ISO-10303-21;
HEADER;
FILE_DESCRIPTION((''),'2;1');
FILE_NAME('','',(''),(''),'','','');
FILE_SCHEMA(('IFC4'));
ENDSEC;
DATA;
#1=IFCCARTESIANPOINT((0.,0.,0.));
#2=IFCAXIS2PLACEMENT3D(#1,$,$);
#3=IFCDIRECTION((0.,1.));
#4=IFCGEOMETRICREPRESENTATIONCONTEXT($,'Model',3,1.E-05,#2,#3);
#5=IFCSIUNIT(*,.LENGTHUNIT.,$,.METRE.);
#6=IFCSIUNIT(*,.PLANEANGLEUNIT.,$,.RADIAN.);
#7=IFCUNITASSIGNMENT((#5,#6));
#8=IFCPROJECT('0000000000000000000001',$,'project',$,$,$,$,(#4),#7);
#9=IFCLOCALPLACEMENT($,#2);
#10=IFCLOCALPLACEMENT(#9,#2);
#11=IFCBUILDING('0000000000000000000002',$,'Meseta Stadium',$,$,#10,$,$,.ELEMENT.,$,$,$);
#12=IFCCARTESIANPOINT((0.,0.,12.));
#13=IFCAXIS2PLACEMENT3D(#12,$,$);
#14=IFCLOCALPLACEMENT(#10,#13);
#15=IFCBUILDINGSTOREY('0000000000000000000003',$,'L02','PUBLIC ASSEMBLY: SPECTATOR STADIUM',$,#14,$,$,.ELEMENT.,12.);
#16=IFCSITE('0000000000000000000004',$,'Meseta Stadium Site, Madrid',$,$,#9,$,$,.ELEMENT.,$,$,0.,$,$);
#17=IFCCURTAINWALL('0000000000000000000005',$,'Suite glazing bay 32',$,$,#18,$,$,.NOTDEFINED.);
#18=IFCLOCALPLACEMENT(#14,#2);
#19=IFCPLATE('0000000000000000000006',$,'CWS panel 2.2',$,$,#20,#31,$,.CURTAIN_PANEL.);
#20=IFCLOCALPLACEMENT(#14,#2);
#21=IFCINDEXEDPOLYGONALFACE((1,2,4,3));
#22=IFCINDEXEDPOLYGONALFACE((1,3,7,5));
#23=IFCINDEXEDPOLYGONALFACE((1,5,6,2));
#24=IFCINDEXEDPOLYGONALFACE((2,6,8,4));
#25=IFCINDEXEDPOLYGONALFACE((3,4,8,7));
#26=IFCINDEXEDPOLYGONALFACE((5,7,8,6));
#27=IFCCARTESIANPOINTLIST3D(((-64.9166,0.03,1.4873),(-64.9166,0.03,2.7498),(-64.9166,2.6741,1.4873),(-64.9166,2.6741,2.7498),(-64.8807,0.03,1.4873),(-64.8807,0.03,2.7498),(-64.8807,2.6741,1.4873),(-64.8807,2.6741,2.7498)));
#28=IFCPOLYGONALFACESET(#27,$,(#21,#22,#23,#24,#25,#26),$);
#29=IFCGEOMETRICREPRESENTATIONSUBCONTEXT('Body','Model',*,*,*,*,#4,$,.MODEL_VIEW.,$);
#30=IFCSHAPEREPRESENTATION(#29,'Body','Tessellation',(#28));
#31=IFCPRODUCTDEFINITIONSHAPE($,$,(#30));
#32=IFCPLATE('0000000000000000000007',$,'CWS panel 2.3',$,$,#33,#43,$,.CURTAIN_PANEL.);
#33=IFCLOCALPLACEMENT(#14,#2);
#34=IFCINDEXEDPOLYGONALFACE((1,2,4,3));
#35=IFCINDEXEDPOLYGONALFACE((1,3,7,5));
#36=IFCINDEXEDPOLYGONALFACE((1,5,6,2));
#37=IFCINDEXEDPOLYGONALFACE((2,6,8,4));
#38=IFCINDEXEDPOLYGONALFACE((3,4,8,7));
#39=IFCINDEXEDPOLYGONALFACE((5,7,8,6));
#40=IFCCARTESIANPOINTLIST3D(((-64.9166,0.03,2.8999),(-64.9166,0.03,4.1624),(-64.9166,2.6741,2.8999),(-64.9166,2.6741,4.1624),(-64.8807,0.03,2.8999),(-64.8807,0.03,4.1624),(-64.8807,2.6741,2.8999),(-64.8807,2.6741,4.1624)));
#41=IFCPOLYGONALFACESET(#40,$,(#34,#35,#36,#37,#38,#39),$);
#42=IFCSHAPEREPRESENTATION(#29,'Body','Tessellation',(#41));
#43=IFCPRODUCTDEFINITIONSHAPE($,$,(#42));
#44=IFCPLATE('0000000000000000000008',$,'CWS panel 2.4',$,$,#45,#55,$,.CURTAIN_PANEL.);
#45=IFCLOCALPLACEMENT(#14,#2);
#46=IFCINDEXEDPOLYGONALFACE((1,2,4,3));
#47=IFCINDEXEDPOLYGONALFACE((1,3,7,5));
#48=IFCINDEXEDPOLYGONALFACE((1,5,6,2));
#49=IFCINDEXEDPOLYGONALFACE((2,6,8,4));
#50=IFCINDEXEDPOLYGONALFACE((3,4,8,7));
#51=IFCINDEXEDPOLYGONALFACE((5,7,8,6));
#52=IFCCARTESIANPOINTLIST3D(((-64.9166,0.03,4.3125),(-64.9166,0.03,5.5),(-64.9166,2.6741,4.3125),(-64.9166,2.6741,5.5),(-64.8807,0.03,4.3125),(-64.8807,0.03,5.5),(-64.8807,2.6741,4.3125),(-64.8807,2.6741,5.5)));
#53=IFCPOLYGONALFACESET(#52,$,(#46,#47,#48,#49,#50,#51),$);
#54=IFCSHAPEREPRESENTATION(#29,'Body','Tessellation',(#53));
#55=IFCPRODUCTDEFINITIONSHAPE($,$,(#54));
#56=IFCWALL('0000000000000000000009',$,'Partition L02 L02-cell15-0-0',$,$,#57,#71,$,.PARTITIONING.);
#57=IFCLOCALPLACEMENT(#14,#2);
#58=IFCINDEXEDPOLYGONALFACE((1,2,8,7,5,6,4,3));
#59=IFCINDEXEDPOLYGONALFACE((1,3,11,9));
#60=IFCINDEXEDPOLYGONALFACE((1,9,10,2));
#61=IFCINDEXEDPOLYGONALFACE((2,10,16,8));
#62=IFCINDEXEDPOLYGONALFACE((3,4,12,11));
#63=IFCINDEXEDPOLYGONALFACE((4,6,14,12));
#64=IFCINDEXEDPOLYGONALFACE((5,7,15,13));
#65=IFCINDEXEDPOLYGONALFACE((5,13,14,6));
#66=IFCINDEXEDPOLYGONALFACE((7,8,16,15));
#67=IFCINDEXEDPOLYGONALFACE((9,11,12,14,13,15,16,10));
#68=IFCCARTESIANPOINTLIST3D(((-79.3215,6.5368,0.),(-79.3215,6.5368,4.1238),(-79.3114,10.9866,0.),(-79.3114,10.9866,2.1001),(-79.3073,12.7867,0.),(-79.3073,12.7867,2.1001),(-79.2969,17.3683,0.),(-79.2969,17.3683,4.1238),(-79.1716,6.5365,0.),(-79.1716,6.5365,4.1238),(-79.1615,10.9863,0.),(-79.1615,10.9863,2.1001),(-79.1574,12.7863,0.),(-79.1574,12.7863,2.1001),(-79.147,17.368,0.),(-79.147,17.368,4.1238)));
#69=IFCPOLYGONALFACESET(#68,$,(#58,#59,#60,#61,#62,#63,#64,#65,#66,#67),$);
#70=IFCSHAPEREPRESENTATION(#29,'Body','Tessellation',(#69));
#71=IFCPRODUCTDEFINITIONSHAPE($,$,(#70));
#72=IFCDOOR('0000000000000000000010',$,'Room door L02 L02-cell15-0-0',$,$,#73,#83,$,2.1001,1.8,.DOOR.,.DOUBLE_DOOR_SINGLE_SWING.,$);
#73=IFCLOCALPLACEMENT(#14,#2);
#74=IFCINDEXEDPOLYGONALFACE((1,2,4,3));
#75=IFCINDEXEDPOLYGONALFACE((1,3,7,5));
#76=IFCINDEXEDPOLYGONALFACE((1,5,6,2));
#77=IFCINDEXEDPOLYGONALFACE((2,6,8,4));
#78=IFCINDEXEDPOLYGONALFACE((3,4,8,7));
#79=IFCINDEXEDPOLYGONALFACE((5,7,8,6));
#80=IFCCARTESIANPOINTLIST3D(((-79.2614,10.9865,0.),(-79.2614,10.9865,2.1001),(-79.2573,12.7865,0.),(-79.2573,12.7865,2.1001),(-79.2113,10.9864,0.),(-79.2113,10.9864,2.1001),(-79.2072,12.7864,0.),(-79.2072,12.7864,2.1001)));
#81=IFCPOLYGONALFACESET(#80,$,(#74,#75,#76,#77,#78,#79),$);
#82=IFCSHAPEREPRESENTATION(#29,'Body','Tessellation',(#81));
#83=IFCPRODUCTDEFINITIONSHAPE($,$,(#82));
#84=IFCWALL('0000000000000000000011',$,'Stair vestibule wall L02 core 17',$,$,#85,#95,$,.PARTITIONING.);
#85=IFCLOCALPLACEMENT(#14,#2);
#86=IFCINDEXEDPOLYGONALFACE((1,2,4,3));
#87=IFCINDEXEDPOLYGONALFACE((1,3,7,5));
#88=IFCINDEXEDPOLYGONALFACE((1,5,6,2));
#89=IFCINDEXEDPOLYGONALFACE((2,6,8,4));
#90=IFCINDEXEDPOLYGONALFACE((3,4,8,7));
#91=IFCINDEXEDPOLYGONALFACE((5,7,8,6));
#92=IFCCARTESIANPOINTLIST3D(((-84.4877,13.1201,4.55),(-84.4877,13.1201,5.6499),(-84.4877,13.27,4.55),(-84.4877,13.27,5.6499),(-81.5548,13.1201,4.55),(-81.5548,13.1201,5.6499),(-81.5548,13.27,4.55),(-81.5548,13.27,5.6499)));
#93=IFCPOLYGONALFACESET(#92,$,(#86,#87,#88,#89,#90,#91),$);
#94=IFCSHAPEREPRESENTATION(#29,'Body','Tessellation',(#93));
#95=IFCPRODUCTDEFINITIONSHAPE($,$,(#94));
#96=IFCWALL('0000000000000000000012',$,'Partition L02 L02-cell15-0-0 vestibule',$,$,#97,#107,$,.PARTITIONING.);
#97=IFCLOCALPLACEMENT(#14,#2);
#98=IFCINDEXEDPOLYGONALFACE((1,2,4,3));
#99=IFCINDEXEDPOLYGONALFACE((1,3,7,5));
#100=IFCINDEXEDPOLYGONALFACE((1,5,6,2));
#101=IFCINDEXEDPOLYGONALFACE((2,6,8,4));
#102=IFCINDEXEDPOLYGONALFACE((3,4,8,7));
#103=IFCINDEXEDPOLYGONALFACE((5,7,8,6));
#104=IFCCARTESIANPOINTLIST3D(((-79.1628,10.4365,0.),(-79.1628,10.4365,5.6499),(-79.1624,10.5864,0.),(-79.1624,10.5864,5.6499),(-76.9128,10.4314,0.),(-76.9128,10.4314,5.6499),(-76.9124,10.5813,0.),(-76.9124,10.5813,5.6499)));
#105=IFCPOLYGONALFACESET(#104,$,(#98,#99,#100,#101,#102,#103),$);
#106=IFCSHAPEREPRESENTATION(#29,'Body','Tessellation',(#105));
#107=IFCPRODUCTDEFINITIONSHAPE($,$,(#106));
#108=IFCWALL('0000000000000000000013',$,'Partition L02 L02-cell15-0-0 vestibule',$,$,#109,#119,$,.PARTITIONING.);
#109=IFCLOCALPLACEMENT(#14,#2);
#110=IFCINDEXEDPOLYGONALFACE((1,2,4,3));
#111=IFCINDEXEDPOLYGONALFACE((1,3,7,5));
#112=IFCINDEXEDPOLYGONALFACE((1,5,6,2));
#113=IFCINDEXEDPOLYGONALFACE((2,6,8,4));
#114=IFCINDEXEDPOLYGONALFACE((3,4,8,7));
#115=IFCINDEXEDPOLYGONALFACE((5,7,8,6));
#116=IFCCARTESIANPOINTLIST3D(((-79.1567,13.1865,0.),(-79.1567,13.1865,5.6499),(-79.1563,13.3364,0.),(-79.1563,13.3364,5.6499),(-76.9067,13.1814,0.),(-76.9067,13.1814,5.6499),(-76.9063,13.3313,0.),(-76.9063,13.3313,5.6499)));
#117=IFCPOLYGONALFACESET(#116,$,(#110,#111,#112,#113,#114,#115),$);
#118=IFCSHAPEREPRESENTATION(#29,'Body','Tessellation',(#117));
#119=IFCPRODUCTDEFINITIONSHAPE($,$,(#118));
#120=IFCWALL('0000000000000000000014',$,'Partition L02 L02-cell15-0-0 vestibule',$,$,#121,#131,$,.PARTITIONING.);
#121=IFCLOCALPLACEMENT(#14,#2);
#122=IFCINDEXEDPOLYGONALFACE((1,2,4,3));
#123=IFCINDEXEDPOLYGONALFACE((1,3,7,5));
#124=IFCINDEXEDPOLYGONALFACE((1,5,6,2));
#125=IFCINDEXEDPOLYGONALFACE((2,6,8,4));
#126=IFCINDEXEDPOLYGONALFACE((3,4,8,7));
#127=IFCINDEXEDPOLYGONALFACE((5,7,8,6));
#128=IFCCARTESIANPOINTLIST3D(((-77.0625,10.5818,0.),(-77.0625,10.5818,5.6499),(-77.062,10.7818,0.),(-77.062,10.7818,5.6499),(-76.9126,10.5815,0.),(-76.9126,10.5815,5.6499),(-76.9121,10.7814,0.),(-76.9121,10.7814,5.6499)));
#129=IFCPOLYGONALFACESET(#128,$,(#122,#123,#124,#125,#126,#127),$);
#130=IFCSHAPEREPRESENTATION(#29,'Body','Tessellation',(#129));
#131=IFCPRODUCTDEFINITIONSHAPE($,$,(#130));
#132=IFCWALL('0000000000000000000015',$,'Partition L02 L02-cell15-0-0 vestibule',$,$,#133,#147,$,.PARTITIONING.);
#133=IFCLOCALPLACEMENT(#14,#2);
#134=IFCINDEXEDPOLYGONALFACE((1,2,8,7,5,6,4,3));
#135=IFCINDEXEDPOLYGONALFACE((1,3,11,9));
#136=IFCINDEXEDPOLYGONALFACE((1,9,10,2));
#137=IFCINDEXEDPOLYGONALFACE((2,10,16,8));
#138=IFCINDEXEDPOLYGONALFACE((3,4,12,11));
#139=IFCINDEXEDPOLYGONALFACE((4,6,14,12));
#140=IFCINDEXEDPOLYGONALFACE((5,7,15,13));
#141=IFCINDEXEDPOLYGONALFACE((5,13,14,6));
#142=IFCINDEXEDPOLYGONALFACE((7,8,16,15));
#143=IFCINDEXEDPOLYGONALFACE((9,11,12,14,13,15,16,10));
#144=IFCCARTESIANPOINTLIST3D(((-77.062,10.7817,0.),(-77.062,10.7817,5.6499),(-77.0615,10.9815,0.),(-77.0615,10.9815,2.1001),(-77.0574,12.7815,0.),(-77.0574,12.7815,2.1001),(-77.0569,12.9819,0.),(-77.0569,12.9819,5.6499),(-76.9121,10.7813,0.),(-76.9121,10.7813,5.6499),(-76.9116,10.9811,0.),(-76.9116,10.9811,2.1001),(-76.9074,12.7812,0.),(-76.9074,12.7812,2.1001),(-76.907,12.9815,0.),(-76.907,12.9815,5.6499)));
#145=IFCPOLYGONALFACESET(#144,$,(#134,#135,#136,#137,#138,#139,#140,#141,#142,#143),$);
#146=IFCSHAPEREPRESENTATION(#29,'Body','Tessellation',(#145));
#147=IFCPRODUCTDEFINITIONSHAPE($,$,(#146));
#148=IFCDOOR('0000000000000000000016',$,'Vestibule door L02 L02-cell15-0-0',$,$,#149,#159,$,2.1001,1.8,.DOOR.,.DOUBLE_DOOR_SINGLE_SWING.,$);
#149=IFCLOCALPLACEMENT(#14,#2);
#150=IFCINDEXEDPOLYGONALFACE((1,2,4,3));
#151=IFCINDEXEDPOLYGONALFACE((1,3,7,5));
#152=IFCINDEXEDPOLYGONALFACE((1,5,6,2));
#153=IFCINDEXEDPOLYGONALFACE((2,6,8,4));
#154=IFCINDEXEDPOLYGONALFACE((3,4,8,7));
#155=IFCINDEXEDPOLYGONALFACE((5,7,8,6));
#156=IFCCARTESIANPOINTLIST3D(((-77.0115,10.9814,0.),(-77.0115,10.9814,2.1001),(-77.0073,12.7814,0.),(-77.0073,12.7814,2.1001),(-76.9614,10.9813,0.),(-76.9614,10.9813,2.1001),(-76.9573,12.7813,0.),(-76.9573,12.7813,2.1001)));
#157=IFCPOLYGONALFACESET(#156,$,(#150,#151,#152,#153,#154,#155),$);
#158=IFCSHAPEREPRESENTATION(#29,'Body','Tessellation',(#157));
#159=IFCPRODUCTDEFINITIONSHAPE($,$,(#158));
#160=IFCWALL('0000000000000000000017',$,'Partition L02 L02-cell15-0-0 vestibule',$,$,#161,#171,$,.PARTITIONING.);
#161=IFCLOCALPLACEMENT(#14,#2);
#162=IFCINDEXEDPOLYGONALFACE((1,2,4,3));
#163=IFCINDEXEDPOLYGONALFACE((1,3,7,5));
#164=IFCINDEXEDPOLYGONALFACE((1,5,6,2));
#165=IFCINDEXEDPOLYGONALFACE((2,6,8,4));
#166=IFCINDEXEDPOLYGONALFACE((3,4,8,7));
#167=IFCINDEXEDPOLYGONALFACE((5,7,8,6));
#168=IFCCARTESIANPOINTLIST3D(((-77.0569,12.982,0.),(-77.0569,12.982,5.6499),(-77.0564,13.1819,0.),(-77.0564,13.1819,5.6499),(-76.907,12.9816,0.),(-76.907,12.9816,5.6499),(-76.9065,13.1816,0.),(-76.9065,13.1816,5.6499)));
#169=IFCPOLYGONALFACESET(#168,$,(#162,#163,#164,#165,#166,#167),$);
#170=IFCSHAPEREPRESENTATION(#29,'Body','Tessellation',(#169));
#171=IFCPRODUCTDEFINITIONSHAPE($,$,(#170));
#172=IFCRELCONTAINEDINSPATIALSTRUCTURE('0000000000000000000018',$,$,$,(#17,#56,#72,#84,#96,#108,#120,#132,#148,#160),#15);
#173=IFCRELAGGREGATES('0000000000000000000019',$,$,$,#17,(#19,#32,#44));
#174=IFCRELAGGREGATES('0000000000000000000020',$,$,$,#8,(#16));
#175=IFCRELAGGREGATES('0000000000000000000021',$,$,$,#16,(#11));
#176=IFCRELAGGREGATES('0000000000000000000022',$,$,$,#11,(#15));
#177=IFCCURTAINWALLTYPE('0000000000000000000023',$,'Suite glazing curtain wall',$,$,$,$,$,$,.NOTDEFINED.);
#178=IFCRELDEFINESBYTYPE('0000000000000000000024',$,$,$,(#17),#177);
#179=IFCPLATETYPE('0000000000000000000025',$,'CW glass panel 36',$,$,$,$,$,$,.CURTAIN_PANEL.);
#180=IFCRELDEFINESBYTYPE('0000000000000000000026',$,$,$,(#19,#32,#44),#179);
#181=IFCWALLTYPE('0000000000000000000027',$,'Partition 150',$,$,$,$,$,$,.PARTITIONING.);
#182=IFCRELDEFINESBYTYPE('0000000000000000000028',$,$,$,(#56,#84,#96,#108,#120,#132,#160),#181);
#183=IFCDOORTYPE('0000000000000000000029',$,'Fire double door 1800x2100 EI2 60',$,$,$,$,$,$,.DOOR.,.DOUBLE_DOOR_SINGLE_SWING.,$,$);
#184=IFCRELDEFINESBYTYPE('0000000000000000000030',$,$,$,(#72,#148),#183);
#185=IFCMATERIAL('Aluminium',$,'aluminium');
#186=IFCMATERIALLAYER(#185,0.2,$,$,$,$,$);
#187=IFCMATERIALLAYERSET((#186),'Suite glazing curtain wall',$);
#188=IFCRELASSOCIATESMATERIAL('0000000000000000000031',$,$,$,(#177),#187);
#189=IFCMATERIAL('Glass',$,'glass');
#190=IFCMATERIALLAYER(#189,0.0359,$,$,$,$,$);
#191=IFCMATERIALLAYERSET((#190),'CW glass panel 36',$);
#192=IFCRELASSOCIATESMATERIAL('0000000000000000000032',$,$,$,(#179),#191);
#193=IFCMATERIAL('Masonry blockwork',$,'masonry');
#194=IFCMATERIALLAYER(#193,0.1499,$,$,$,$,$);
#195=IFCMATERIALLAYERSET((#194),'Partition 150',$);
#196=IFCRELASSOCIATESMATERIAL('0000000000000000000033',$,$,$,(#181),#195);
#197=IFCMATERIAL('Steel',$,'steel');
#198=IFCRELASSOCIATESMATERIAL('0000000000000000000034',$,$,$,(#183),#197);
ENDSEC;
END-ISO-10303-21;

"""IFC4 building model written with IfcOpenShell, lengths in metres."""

from ifc_helpers import new_model, si_unit, direction, frame, frame_2d, origin, origin_2d, place, context, subcontext, project, spatial, rectangle, extrude, material, layer, layer_set, type_object, element, fill, aggregate, save


model = new_model("IFC4")

# Units and contexts
model_context = context("Model", 3, precision=1e-05, world=origin(), true_north=direction((0.0, 1.0)))
body_context = subcontext(model_context, "Body", "Model", "MODEL_VIEW")
ifc_project = project(units=[si_unit("LENGTHUNIT", "METRE"), si_unit("PLANEANGLEUNIT", "RADIAN")], contexts=[model_context])

# Site, building, storey
site_placement = place(None, origin())
site = spatial("IfcSite", under=ifc_project, at=site_placement, Name="Meseta Stadium Site, Madrid", CompositionType="ELEMENT", RefElevation=0.0)
building_placement = place(site_placement, origin())
building = spatial("IfcBuilding", under=site, at=building_placement, Name="Meseta Stadium", CompositionType="ELEMENT")
storey_placement = place(building_placement, frame((0.0, 0.0, 12.0)))
storey = spatial("IfcBuildingStorey", under=building, at=storey_placement, Name="L02", Description="PUBLIC ASSEMBLY: SPECTATOR STADIUM", CompositionType="ELEMENT", Elevation=12.0)

# Curtain wall
ifc_material_1 = material(Name="Aluminium", Category="aluminium")
ifc_layer_1 = layer(ifc_material_1, 0.2)
ifc_layer_set_1 = layer_set([ifc_layer_1], Name="Suite glazing curtain wall")
curtain_wall_type = type_object("IfcCurtainWallType", Name="Suite glazing curtain wall", PredefinedType="NOTDEFINED", material=ifc_layer_set_1)
curtain_wall_placement = place(storey_placement, origin())
curtain_wall = element("IfcCurtainWall", 1, at=curtain_wall_placement, inside=storey, type_object=curtain_wall_type, Name="Suite glazing bay 32", PredefinedType="NOTDEFINED")

# Plates
ifc_material_2 = material(Name="Glass", Category="glass")
ifc_layer_2 = layer(ifc_material_2, 0.0359)
ifc_layer_set_2 = layer_set([ifc_layer_2], Name="CW glass panel 36")
plate_type = type_object("IfcPlateType", Name="CW glass panel 36", PredefinedType="CURTAIN_PANEL", material=ifc_layer_set_2)
plate_1_placement = place(storey_placement, frame((-64.8987, 1.3521, 1.4873), z_axis=(0.0, 0.0, 1.0), x_axis=(0.0, -1.0, 0.0)))
plate_1 = element("IfcPlate", 2, at=plate_1_placement, type_object=plate_type, Name="CWS panel 2.2", PredefinedType="CURTAIN_PANEL", context=body_context, shape_type="SweptSolid", body=[
    extrude(rectangle(XDim=2.644, YDim=0.0359, at=origin_2d()), origin(), (0.0, 0.0, 1.0), 1.2625),
])
plate_2_placement = place(storey_placement, frame((-64.8987, 1.3521, 2.8999), z_axis=(0.0, 0.0, 1.0), x_axis=(0.0, -1.0, 0.0)))
plate_2 = element("IfcPlate", 3, at=plate_2_placement, type_object=plate_type, Name="CWS panel 2.3", PredefinedType="CURTAIN_PANEL", context=body_context, shape_type="SweptSolid", body=[
    extrude(rectangle(XDim=2.644, YDim=0.0359, at=origin_2d()), origin(), (0.0, 0.0, 1.0), 1.2625),
])
plate_3_placement = place(storey_placement, frame((-64.8987, 1.3521, 4.3125), z_axis=(0.0, 0.0, 1.0), x_axis=(0.0, -1.0, 0.0)))
plate_3 = element("IfcPlate", 4, at=plate_3_placement, type_object=plate_type, Name="CWS panel 2.4", PredefinedType="CURTAIN_PANEL", context=body_context, shape_type="SweptSolid", body=[
    extrude(rectangle(XDim=2.644, YDim=0.0359, at=origin_2d()), origin(), (0.0, 0.0, 1.0), 1.1875),
])
aggregate(curtain_wall, [plate_1, plate_2, plate_3])

# Wall, opening, door
ifc_material_3 = material(Name="Masonry blockwork", Category="masonry")
ifc_layer_3 = layer(ifc_material_3, 0.1499)
ifc_layer_set_3 = layer_set([ifc_layer_3], Name="Partition 150")
wall_type = type_object("IfcWallType", Name="Partition 150", PredefinedType="PARTITIONING", material=ifc_layer_set_3)
wall_1_placement = place(storey_placement, frame((-79.2466, 6.5366, 0.0), z_axis=(0.0, 0.0, 1.0), x_axis=(0.002277, 0.999997, 0.0)))
wall_1 = element("IfcWall", 5, at=wall_1_placement, inside=storey, type_object=wall_type, Name="Partition L02 L02-cell15-0-0", PredefinedType="PARTITIONING", context=body_context, shape_type="SweptSolid", body=[
    extrude(rectangle(XDim=10.8315, YDim=0.1499, at=frame_2d((5.4158, 0.0))), origin(), (0.0, 0.0, 1.0), 4.1238),
])
opening_1_placement = place(wall_1_placement, frame((4.45, 0.0, 0.0)))
opening_1 = element("IfcOpeningElement", 6, at=opening_1_placement, cuts=wall_1, PredefinedType="OPENING", context=body_context, shape_type="SweptSolid", body=[
    extrude(rectangle(XDim=1.8, YDim=2.1001, at=frame_2d((0.8999, 1.05))), frame((0.0, 0.085, 0.0), z_axis=(0.0, -1.0, 0.0), x_axis=(1.0, 0.0, 0.0)), (0.0, 0.0, 1.0), 0.1699),
])
ifc_material_4 = material(Name="Steel", Category="steel")
door_type = type_object("IfcDoorType", Name="Fire double door 1800x2100 EI2 60", OperationType="DOUBLE_DOOR_SINGLE_SWING", PredefinedType="DOOR", material=ifc_material_4)
door_1_placement = place(opening_1_placement, origin())
door_1 = element("IfcDoor", 7, at=door_1_placement, inside=storey, type_object=door_type, Name="Room door L02 L02-cell15-0-0", OperationType="DOUBLE_DOOR_SINGLE_SWING", OverallHeight=2.1001, OverallWidth=1.8, PredefinedType="DOOR", context=body_context, shape_type="SweptSolid", body=[
    extrude(rectangle(XDim=1.8, YDim=2.1001, at=frame_2d((0.8999, 1.05))), frame((0.0, 0.0249, 0.0), z_axis=(0.0, -1.0, 0.0), x_axis=(1.0, 0.0, 0.0)), (0.0, 0.0, 1.0), 0.05),
])
fill(opening_1, door_1)

# Walls
wall_2_placement = place(storey_placement, frame((-81.5549, 13.1951, 4.55), z_axis=(0.0, 0.0, 1.0), x_axis=(-1.0, 0.0, 0.0)))
element("IfcWall", 8, at=wall_2_placement, inside=storey, type_object=wall_type, Name="Stair vestibule wall L02 core 17", PredefinedType="PARTITIONING", context=body_context, shape_type="SweptSolid", body=[
    extrude(rectangle(XDim=2.9329, YDim=0.1499, at=frame_2d((1.4663, 0.0))), origin(), (0.0, 0.0, 1.0), 1.0999),
])
for number, where, z_axis, x_axis, name in (
    (9, (-79.1626, 10.5115, 0.0), (0.0, 0.0, 1.0), (0.999997, -0.002279, 0.0), "Partition L02 L02-cell15-0-0 vestibule"),
    (10, (-79.1565, 13.2615, 0.0), (0.0, 0.0, 1.0), (0.999997, -0.002279, 0.0), "Partition L02 L02-cell15-0-0 vestibule"),
):
    element("IfcWall", number, at=place(storey_placement, frame(where, z_axis=z_axis, x_axis=x_axis)), inside=storey, type_object=wall_type, Name=name, PredefinedType="PARTITIONING", context=body_context, shape_type="SweptSolid", body=[
        extrude(rectangle(XDim=2.25, YDim=0.1499, at=frame_2d((1.125, 0.0))), origin(), (0.0, 0.0, 1.0), 5.6499),
    ])
wall_3_placement = place(storey_placement, frame((-76.9875, 10.5815, 0.0), z_axis=(0.0, 0.0, 1.0), x_axis=(0.002442, 0.999997, 0.0)))
element("IfcWall", 11, at=wall_3_placement, inside=storey, type_object=wall_type, Name="Partition L02 L02-cell15-0-0 vestibule", PredefinedType="PARTITIONING", context=body_context, shape_type="SweptSolid", body=[
    extrude(rectangle(XDim=0.2, YDim=0.1499, at=frame_2d((0.1001, 0.0))), origin(), (0.0, 0.0, 1.0), 5.6499),
])

# Wall, opening, door
wall_4_placement = place(storey_placement, frame((-76.9871, 10.7815, 0.0), z_axis=(0.0, 0.0, 1.0), x_axis=(0.00233, 0.999997, 0.0)))
wall_4 = element("IfcWall", 12, at=wall_4_placement, inside=storey, type_object=wall_type, Name="Partition L02 L02-cell15-0-0 vestibule", PredefinedType="PARTITIONING", context=body_context, shape_type="SweptSolid", body=[
    extrude(rectangle(XDim=2.2002, YDim=0.1499, at=frame_2d((1.1001, 0.0))), origin(), (0.0, 0.0, 1.0), 5.6499),
])
opening_2_placement = place(wall_4_placement, frame((0.2, 0.0, 0.0)))
opening_2 = element("IfcOpeningElement", 13, at=opening_2_placement, cuts=wall_4, PredefinedType="OPENING", context=body_context, shape_type="SweptSolid", body=[
    extrude(rectangle(XDim=1.8, YDim=2.1001, at=frame_2d((0.8999, 1.05))), frame((0.0, 0.085, 0.0), z_axis=(0.0, -1.0, 0.0), x_axis=(1.0, 0.0, 0.0)), (0.0, 0.0, 1.0), 0.1699),
])
door_2_placement = place(opening_2_placement, origin())
door_2 = element("IfcDoor", 14, at=door_2_placement, inside=storey, type_object=door_type, Name="Vestibule door L02 L02-cell15-0-0", OperationType="DOUBLE_DOOR_SINGLE_SWING", OverallHeight=2.1001, OverallWidth=1.8, PredefinedType="DOOR", context=body_context, shape_type="SweptSolid", body=[
    extrude(rectangle(XDim=1.8, YDim=2.1001, at=frame_2d((0.8999, 1.05))), frame((0.0, 0.0249, 0.0), z_axis=(0.0, -1.0, 0.0), x_axis=(1.0, 0.0, 0.0)), (0.0, 0.0, 1.0), 0.05),
])
fill(opening_2, door_2)

# Wall
wall_5_placement = place(storey_placement, frame((-76.9819, 12.9817, 0.0), z_axis=(0.0, 0.0, 1.0), x_axis=(0.002442, 0.999997, 0.0)))
element("IfcWall", 15, at=wall_5_placement, inside=storey, type_object=wall_type, Name="Partition L02 L02-cell15-0-0 vestibule", PredefinedType="PARTITIONING", context=body_context, shape_type="SweptSolid", body=[
    extrude(rectangle(XDim=0.2, YDim=0.1499, at=frame_2d((0.1001, 0.0))), origin(), (0.0, 0.0, 1.0), 5.6499),
])

save(model, "model.ifc")
